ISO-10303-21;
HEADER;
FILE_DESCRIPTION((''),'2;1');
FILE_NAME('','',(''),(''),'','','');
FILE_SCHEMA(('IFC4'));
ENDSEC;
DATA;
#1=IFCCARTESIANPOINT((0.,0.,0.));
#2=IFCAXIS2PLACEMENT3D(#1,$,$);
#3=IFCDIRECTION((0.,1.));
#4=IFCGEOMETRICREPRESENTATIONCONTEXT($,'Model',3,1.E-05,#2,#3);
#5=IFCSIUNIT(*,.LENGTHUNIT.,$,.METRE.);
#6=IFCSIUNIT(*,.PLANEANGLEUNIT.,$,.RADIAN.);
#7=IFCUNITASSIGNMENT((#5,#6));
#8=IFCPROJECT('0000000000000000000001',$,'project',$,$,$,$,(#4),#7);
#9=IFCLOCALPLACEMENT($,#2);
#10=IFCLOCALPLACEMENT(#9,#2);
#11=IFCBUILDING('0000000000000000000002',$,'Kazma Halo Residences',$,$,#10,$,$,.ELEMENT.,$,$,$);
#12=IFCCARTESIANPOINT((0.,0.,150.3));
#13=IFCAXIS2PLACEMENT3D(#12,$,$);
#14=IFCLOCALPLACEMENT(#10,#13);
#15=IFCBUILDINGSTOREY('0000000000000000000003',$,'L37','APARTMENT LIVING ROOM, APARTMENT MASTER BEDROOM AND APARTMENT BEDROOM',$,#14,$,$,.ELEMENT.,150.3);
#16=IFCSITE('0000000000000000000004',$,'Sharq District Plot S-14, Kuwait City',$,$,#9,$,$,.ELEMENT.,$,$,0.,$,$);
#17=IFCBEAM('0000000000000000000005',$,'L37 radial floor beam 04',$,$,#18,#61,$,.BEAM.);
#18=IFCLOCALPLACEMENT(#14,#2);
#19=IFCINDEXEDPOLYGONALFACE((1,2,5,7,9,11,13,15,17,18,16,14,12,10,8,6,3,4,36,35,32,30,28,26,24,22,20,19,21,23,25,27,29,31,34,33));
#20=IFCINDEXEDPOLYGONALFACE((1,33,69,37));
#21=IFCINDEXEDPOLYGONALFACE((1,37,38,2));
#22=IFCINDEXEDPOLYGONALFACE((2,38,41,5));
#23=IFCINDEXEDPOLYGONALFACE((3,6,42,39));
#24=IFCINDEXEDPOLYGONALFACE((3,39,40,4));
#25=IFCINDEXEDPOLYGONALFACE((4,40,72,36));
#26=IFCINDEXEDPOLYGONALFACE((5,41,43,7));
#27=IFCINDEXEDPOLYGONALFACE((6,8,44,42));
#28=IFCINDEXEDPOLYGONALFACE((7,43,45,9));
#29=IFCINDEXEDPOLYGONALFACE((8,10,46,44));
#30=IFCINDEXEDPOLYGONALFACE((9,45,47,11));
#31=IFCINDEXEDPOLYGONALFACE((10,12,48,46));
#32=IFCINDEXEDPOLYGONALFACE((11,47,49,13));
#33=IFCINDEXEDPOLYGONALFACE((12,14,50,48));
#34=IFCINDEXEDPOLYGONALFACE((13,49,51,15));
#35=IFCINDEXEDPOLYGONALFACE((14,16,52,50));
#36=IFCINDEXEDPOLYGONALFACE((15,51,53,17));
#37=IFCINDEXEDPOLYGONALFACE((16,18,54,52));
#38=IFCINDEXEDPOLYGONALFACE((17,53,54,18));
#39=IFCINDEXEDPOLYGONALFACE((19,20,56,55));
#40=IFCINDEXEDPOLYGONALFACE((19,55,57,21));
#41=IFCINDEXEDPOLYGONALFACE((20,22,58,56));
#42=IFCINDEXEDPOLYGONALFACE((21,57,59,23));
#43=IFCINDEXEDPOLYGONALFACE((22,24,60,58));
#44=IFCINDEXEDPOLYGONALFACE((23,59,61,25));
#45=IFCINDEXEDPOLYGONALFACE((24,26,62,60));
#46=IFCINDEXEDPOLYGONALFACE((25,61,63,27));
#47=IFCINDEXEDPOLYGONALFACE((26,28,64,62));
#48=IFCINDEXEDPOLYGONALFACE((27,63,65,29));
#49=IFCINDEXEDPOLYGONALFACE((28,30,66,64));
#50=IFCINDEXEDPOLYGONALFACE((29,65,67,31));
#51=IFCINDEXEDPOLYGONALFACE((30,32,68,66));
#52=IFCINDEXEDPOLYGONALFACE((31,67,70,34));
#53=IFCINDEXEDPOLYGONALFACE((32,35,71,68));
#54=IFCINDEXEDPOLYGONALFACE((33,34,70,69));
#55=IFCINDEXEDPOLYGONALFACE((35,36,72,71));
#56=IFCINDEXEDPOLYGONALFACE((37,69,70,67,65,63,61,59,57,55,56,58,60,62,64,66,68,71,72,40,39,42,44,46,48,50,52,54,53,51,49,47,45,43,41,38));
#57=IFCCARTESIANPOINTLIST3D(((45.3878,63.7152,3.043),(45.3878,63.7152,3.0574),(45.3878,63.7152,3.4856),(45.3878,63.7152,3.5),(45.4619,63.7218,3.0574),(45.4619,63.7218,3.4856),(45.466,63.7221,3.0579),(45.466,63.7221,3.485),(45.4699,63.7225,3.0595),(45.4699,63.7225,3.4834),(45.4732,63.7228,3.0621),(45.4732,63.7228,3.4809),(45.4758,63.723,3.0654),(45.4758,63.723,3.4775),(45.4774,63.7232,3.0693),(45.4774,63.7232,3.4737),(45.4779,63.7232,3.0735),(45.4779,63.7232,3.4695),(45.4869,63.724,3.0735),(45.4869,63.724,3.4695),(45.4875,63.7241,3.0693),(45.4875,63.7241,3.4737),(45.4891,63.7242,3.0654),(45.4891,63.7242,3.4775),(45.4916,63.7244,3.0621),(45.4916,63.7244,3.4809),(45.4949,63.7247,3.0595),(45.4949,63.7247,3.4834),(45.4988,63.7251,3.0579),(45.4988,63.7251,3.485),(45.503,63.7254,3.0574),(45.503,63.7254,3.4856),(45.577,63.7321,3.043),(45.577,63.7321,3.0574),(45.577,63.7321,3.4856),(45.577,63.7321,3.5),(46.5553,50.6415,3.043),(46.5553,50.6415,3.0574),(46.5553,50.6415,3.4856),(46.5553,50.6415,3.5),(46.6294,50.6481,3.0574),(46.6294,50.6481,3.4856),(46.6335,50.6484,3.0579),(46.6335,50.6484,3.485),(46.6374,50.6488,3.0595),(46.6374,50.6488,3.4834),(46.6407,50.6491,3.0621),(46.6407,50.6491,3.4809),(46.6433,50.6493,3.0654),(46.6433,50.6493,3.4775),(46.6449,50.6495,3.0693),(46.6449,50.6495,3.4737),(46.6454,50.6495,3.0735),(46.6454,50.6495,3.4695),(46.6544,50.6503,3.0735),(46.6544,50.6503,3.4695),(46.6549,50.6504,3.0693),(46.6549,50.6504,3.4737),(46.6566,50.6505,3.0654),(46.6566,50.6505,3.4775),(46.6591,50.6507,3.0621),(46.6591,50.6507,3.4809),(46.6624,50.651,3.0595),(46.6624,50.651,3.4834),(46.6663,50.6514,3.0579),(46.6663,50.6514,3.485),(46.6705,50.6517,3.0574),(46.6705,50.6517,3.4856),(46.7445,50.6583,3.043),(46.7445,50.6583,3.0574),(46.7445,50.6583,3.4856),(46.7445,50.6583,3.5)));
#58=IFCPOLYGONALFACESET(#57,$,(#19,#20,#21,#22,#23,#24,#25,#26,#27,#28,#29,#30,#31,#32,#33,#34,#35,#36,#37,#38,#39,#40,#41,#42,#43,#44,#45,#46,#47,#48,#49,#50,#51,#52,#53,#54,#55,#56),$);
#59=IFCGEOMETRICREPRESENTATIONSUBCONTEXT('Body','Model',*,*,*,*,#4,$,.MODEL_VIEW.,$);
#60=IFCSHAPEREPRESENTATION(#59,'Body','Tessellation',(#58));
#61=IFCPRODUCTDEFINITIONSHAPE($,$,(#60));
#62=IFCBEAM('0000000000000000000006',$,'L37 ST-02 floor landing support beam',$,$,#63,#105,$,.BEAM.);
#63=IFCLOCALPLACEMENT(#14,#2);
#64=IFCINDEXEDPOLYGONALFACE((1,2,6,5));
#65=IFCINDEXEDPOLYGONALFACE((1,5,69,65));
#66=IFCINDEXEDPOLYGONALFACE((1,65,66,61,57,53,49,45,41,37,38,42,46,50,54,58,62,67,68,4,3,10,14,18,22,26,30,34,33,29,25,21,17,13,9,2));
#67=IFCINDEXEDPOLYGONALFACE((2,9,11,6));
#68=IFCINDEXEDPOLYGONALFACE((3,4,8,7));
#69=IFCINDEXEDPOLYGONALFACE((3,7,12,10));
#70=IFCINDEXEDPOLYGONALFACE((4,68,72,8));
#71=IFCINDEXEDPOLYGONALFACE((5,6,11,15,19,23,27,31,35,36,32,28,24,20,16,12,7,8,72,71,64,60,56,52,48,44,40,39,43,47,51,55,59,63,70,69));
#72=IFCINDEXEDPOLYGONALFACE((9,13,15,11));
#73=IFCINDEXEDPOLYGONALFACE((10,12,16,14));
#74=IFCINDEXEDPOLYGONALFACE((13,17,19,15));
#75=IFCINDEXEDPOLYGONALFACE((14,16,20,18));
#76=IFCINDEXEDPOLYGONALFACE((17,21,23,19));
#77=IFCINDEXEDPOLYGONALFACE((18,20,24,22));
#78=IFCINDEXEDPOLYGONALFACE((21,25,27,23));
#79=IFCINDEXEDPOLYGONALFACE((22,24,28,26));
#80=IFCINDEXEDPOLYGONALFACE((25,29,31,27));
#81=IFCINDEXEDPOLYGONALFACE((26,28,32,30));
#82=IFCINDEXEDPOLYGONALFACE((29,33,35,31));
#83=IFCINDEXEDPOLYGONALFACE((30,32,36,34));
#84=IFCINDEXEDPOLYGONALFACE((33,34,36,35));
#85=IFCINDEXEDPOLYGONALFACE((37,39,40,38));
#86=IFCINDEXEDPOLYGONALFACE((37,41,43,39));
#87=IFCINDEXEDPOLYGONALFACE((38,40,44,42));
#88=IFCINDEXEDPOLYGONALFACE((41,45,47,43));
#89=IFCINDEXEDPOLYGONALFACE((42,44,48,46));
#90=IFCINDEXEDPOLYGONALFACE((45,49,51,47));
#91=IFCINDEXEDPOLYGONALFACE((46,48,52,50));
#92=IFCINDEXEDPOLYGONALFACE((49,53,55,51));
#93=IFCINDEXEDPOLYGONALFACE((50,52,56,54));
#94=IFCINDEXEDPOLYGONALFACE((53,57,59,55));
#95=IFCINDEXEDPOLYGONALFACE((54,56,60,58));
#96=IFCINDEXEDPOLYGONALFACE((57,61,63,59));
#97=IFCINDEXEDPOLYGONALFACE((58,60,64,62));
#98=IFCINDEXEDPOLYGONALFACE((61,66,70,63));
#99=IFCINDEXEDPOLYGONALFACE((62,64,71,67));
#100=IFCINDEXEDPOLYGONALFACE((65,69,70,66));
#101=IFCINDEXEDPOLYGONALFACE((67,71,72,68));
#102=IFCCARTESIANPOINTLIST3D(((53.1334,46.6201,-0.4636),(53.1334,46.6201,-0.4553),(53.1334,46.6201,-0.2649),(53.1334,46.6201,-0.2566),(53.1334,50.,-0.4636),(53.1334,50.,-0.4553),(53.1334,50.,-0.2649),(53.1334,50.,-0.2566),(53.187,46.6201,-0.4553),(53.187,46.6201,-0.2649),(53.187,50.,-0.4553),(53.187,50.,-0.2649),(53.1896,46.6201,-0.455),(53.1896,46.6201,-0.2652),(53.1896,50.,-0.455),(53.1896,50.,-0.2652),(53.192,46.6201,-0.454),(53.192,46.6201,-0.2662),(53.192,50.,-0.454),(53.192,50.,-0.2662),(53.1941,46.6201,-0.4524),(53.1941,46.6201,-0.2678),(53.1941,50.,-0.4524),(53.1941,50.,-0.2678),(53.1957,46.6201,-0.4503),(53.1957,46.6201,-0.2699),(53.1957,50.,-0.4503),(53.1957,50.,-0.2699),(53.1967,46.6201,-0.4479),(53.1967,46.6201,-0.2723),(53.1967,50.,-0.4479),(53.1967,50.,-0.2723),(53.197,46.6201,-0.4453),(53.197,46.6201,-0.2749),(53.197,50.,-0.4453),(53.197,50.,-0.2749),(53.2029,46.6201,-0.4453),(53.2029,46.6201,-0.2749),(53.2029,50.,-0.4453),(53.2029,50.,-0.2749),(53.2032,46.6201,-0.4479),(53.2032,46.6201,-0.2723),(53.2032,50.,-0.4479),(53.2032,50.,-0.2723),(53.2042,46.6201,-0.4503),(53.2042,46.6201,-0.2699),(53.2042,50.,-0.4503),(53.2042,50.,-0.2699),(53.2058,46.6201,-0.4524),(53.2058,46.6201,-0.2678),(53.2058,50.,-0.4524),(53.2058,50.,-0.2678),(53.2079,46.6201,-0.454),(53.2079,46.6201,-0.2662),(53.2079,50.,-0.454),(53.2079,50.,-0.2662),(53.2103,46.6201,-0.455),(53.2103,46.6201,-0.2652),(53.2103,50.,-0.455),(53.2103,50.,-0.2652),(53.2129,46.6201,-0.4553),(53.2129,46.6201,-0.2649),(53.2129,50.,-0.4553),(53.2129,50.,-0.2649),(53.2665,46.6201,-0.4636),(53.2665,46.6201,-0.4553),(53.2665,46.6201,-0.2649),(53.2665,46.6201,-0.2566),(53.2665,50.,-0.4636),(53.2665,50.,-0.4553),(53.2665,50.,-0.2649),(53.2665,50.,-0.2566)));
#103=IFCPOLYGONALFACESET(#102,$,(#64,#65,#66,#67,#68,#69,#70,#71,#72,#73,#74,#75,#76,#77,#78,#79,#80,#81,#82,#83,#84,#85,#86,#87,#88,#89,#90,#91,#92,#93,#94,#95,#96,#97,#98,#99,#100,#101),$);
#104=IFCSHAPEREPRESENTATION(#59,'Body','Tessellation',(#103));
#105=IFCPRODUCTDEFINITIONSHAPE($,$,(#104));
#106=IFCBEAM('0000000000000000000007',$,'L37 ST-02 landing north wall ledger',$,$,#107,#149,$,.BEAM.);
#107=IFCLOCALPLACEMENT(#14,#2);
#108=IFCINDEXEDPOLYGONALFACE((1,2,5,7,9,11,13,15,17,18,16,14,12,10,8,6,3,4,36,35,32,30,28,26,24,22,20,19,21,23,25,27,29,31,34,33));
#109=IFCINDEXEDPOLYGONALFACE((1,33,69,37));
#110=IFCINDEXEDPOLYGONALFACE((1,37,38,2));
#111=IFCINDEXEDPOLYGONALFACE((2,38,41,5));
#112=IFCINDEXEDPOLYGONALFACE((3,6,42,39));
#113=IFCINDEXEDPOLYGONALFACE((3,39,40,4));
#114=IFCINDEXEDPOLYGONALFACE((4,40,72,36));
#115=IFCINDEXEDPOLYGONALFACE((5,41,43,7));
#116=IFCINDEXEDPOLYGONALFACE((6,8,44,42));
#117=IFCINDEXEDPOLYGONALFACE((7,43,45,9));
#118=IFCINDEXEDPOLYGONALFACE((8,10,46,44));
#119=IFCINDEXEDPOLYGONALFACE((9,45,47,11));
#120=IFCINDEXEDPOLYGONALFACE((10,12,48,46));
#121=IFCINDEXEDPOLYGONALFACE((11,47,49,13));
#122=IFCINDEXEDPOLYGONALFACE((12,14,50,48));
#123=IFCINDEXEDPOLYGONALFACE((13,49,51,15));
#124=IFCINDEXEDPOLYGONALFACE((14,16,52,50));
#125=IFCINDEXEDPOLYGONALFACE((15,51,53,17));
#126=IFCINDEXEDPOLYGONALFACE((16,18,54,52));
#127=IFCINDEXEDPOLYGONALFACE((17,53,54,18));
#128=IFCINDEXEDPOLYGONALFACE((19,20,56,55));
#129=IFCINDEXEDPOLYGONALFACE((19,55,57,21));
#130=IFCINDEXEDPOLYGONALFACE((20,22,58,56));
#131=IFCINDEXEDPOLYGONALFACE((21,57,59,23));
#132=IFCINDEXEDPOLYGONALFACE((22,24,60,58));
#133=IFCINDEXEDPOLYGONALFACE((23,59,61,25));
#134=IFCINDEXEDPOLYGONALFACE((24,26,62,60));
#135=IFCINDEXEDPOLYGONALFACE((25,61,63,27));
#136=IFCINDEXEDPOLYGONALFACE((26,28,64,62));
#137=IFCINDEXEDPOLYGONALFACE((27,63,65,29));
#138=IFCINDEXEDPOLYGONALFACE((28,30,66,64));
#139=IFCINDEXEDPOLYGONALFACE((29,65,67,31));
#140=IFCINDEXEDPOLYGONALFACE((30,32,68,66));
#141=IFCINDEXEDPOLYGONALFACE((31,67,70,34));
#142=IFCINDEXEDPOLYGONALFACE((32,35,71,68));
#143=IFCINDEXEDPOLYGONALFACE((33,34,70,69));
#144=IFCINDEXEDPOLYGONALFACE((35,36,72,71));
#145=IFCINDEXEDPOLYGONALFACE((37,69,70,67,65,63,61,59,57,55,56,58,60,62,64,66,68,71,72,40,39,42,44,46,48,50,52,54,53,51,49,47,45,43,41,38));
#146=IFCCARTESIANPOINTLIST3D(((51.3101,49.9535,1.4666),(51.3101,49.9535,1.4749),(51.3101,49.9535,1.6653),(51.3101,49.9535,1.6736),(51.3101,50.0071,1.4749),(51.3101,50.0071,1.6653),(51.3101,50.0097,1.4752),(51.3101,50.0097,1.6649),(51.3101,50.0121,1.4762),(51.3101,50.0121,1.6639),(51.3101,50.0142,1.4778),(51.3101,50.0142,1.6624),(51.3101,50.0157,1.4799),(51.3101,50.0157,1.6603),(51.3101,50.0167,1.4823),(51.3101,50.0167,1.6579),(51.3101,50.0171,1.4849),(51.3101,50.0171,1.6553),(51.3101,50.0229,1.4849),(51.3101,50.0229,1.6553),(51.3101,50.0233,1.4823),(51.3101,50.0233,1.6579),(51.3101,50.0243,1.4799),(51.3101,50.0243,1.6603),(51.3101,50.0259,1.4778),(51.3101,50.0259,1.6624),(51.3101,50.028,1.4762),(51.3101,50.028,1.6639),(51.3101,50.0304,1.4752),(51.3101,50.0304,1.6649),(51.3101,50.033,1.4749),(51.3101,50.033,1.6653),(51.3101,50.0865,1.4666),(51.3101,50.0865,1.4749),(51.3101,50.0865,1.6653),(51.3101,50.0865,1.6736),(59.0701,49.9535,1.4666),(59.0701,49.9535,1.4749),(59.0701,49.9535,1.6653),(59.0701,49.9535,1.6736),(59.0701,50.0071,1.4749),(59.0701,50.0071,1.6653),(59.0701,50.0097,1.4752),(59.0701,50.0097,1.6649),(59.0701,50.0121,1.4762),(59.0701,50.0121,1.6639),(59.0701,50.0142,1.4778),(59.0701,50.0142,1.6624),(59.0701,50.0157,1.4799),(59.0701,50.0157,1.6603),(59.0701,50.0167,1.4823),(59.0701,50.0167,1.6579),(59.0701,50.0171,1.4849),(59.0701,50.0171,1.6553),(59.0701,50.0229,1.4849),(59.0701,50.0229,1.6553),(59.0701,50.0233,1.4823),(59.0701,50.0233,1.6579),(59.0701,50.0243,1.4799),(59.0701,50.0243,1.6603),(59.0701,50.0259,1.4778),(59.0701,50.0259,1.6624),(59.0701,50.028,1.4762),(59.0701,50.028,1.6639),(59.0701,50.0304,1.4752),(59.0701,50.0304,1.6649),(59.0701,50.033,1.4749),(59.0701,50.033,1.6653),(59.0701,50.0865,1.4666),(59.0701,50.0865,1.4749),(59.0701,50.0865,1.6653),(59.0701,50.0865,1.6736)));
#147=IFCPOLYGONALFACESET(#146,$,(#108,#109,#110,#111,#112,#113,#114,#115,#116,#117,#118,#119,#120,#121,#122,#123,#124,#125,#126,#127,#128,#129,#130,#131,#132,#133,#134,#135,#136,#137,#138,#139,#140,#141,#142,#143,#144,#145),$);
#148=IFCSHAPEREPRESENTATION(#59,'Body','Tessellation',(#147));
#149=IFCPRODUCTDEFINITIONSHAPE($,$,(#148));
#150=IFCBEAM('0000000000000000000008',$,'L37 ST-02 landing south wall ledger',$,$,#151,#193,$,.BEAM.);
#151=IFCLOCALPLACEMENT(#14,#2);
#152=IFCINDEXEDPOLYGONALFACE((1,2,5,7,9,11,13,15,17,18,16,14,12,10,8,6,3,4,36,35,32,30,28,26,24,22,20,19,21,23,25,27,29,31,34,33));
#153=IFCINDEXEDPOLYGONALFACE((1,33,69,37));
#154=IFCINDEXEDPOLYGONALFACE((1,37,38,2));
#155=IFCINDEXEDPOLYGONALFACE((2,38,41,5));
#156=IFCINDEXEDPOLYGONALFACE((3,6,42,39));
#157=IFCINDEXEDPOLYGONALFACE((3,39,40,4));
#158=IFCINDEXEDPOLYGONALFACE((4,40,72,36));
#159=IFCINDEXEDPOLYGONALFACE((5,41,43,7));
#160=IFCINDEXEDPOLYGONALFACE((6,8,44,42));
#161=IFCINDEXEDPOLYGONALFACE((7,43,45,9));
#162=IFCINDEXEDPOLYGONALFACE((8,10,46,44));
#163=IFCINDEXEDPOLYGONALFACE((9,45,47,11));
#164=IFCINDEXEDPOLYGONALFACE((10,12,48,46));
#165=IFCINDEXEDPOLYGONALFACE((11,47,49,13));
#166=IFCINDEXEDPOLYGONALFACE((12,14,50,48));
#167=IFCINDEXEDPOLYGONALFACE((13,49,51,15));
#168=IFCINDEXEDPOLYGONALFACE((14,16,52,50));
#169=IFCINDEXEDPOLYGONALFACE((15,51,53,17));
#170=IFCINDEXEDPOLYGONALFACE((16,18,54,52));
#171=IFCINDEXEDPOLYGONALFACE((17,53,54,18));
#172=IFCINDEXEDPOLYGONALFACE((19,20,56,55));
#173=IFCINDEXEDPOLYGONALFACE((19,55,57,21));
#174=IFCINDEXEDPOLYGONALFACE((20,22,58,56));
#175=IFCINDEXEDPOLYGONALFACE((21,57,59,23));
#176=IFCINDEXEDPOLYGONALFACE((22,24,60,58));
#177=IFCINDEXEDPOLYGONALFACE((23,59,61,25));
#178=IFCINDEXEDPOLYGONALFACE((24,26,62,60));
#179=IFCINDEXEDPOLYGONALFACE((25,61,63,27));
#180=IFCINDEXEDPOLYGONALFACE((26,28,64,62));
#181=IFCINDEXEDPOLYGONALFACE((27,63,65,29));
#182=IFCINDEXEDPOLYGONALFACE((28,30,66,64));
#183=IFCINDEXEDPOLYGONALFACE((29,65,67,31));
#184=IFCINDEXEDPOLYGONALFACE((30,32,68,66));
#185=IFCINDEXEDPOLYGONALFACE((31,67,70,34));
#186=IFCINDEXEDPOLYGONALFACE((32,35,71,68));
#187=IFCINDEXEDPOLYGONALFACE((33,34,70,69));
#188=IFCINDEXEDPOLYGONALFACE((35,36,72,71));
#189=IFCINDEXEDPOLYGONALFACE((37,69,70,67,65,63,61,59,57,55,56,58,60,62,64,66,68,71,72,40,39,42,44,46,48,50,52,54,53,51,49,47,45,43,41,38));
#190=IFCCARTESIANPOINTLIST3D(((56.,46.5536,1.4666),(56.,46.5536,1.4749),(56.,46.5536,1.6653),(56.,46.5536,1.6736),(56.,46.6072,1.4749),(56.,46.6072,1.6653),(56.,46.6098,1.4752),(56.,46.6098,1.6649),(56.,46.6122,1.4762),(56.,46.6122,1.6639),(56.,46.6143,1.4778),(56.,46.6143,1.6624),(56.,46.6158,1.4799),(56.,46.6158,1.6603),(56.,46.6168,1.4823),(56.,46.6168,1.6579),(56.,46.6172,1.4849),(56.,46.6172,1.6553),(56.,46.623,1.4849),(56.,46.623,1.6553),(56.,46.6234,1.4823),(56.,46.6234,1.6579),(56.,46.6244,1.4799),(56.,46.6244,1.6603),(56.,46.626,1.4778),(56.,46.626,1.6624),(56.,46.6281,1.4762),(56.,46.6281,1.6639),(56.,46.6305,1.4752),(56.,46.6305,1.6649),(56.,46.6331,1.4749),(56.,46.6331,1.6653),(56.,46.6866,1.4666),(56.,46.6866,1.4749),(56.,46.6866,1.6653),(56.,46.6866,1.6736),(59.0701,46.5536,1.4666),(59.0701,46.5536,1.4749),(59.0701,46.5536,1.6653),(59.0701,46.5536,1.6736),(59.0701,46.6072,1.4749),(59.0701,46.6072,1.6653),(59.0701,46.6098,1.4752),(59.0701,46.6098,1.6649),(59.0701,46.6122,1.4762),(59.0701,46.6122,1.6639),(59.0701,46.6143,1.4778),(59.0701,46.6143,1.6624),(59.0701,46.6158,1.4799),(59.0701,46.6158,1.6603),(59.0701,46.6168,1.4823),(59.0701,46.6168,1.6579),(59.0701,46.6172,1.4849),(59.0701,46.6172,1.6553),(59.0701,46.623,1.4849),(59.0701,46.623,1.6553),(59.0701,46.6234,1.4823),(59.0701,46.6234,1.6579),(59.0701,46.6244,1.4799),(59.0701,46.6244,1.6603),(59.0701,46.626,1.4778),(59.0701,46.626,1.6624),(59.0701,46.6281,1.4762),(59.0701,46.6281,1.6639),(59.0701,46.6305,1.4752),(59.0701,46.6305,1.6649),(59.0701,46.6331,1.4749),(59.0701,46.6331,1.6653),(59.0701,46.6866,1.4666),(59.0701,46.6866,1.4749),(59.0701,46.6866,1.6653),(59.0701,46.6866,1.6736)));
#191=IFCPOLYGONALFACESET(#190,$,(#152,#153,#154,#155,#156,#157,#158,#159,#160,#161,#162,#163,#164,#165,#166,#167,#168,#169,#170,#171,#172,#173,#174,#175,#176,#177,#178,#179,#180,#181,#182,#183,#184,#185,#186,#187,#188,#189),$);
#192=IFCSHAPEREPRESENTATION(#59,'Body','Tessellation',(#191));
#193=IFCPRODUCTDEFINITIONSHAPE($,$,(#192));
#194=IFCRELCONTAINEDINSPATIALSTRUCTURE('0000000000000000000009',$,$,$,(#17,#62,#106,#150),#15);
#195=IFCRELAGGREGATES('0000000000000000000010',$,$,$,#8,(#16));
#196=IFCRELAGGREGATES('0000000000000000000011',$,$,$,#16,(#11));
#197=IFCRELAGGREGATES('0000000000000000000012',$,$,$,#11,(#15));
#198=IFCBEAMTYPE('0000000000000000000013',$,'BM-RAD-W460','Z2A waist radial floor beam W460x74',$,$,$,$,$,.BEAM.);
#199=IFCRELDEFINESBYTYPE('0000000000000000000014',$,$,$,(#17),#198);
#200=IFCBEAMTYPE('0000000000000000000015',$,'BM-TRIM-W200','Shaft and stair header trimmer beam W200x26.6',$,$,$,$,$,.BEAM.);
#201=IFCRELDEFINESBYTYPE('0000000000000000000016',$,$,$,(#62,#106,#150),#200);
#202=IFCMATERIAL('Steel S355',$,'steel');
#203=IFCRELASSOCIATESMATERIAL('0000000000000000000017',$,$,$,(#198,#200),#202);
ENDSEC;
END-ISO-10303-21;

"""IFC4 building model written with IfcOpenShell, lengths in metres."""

from ifc_helpers import new_model, si_unit, direction, frame, origin, origin_2d, place, context, subcontext, project, spatial, i_section, extrude, material, material_profile, profile_set, type_object, element, save


model = new_model("IFC4")

# Units and contexts
model_context = context("Model", 3, precision=1e-05, world=origin(), true_north=direction((0.0, 1.0)))
body_context = subcontext(model_context, "Body", "Model", "MODEL_VIEW")
ifc_project = project(units=[si_unit("LENGTHUNIT", "METRE"), si_unit("PLANEANGLEUNIT", "RADIAN")], contexts=[model_context])

# Site, building, storey
site_placement = place(None, origin())
site = spatial("IfcSite", under=ifc_project, at=site_placement, Name="Sharq District Plot S-14, Kuwait City", CompositionType="ELEMENT", RefElevation=0.0)
building_placement = place(site_placement, origin())
building = spatial("IfcBuilding", under=site, at=building_placement, Name="Kazma Halo Residences", CompositionType="ELEMENT")
storey_placement = place(building_placement, frame((0.0, 0.0, 150.3)))
storey = spatial("IfcBuildingStorey", under=building, at=storey_placement, Name="L37", Description="APARTMENT LIVING ROOM, APARTMENT MASTER BEDROOM AND APARTMENT BEDROOM", CompositionType="ELEMENT", Elevation=150.3)

# Shared definitions
ifc_material_1 = material(Name="Steel S355", Category="steel")

# Beams
ifc_material_profile_1 = material_profile(ifc_material_1, i_section(OverallWidth=0.1899, OverallDepth=0.457, WebThickness=0.009, FlangeThickness=0.0144, FilletRadius=0.0161, at=origin_2d()), Name="W460x74")
ifc_profile_set_1 = profile_set([ifc_material_profile_1], Name="Steel S355")
beam_type_1 = type_object("IfcBeamType", Name="BM-RAD-W460", Description="Z2A waist radial floor beam W460x74", PredefinedType="BEAM", material=ifc_profile_set_1)
beam_1_placement = place(storey_placement, frame((46.6499, 50.6499, 3.2715), z_axis=(-0.088946, 0.996036, 0.0), x_axis=(-0.996036, -0.088946, 0.0)))
element("IfcBeam", 1, at=beam_1_placement, inside=storey, type_object=beam_type_1, Name="L37 radial floor beam 04", PredefinedType="BEAM", context=body_context, shape_type="SweptSolid", body=[
    extrude(i_section(OverallWidth=0.1899, OverallDepth=0.457, WebThickness=0.009, FlangeThickness=0.0144, FilletRadius=0.0161, at=origin_2d()), origin(), (0.0, 0.0, 1.0), 13.1257),
])
ifc_material_profile_2 = material_profile(ifc_material_1, i_section(OverallWidth=0.1331, OverallDepth=0.207, WebThickness=0.0059, FlangeThickness=0.0083, FilletRadius=0.01, at=origin_2d()), Name="W200x26.6")
ifc_profile_set_2 = profile_set([ifc_material_profile_2], Name="Steel S355")
beam_type_2 = type_object("IfcBeamType", Name="BM-TRIM-W200", Description="Shaft and stair header trimmer beam W200x26.6", PredefinedType="BEAM", material=ifc_profile_set_2)
beam_2_placement = place(storey_placement, frame((53.2, 46.6201, -0.3601), z_axis=(0.0, 1.0, 0.0), x_axis=(-1.0, 0.0, 0.0)))
element("IfcBeam", 2, at=beam_2_placement, inside=storey, type_object=beam_type_2, Name="L37 ST-02 floor landing support beam", PredefinedType="BEAM", context=body_context, shape_type="SweptSolid", body=[
    extrude(i_section(OverallWidth=0.1331, OverallDepth=0.207, WebThickness=0.0059, FlangeThickness=0.0083, FilletRadius=0.01, at=origin_2d()), origin(), (0.0, 0.0, 1.0), 3.3799),
])
beam_3_placement = place(storey_placement, frame((51.3101, 50.02, 1.5701), z_axis=(1.0, 0.0, 0.0), x_axis=(0.0, 1.0, 0.0)))
element("IfcBeam", 3, at=beam_3_placement, inside=storey, type_object=beam_type_2, Name="L37 ST-02 landing north wall ledger", PredefinedType="BEAM", context=body_context, shape_type="SweptSolid", body=[
    extrude(i_section(OverallWidth=0.1331, OverallDepth=0.207, WebThickness=0.0059, FlangeThickness=0.0083, FilletRadius=0.01, at=origin_2d()), origin(), (0.0, 0.0, 1.0), 7.76),
])
beam_4_placement = place(storey_placement, frame((56.0, 46.6201, 1.5701), z_axis=(1.0, 0.0, 0.0), x_axis=(0.0, 1.0, 0.0)))
element("IfcBeam", 4, at=beam_4_placement, inside=storey, type_object=beam_type_2, Name="L37 ST-02 landing south wall ledger", PredefinedType="BEAM", context=body_context, shape_type="SweptSolid", body=[
    extrude(i_section(OverallWidth=0.1331, OverallDepth=0.207, WebThickness=0.0059, FlangeThickness=0.0083, FilletRadius=0.01, at=origin_2d()), origin(), (0.0, 0.0, 1.0), 3.0701),
])

save(model, "model.ifc")
